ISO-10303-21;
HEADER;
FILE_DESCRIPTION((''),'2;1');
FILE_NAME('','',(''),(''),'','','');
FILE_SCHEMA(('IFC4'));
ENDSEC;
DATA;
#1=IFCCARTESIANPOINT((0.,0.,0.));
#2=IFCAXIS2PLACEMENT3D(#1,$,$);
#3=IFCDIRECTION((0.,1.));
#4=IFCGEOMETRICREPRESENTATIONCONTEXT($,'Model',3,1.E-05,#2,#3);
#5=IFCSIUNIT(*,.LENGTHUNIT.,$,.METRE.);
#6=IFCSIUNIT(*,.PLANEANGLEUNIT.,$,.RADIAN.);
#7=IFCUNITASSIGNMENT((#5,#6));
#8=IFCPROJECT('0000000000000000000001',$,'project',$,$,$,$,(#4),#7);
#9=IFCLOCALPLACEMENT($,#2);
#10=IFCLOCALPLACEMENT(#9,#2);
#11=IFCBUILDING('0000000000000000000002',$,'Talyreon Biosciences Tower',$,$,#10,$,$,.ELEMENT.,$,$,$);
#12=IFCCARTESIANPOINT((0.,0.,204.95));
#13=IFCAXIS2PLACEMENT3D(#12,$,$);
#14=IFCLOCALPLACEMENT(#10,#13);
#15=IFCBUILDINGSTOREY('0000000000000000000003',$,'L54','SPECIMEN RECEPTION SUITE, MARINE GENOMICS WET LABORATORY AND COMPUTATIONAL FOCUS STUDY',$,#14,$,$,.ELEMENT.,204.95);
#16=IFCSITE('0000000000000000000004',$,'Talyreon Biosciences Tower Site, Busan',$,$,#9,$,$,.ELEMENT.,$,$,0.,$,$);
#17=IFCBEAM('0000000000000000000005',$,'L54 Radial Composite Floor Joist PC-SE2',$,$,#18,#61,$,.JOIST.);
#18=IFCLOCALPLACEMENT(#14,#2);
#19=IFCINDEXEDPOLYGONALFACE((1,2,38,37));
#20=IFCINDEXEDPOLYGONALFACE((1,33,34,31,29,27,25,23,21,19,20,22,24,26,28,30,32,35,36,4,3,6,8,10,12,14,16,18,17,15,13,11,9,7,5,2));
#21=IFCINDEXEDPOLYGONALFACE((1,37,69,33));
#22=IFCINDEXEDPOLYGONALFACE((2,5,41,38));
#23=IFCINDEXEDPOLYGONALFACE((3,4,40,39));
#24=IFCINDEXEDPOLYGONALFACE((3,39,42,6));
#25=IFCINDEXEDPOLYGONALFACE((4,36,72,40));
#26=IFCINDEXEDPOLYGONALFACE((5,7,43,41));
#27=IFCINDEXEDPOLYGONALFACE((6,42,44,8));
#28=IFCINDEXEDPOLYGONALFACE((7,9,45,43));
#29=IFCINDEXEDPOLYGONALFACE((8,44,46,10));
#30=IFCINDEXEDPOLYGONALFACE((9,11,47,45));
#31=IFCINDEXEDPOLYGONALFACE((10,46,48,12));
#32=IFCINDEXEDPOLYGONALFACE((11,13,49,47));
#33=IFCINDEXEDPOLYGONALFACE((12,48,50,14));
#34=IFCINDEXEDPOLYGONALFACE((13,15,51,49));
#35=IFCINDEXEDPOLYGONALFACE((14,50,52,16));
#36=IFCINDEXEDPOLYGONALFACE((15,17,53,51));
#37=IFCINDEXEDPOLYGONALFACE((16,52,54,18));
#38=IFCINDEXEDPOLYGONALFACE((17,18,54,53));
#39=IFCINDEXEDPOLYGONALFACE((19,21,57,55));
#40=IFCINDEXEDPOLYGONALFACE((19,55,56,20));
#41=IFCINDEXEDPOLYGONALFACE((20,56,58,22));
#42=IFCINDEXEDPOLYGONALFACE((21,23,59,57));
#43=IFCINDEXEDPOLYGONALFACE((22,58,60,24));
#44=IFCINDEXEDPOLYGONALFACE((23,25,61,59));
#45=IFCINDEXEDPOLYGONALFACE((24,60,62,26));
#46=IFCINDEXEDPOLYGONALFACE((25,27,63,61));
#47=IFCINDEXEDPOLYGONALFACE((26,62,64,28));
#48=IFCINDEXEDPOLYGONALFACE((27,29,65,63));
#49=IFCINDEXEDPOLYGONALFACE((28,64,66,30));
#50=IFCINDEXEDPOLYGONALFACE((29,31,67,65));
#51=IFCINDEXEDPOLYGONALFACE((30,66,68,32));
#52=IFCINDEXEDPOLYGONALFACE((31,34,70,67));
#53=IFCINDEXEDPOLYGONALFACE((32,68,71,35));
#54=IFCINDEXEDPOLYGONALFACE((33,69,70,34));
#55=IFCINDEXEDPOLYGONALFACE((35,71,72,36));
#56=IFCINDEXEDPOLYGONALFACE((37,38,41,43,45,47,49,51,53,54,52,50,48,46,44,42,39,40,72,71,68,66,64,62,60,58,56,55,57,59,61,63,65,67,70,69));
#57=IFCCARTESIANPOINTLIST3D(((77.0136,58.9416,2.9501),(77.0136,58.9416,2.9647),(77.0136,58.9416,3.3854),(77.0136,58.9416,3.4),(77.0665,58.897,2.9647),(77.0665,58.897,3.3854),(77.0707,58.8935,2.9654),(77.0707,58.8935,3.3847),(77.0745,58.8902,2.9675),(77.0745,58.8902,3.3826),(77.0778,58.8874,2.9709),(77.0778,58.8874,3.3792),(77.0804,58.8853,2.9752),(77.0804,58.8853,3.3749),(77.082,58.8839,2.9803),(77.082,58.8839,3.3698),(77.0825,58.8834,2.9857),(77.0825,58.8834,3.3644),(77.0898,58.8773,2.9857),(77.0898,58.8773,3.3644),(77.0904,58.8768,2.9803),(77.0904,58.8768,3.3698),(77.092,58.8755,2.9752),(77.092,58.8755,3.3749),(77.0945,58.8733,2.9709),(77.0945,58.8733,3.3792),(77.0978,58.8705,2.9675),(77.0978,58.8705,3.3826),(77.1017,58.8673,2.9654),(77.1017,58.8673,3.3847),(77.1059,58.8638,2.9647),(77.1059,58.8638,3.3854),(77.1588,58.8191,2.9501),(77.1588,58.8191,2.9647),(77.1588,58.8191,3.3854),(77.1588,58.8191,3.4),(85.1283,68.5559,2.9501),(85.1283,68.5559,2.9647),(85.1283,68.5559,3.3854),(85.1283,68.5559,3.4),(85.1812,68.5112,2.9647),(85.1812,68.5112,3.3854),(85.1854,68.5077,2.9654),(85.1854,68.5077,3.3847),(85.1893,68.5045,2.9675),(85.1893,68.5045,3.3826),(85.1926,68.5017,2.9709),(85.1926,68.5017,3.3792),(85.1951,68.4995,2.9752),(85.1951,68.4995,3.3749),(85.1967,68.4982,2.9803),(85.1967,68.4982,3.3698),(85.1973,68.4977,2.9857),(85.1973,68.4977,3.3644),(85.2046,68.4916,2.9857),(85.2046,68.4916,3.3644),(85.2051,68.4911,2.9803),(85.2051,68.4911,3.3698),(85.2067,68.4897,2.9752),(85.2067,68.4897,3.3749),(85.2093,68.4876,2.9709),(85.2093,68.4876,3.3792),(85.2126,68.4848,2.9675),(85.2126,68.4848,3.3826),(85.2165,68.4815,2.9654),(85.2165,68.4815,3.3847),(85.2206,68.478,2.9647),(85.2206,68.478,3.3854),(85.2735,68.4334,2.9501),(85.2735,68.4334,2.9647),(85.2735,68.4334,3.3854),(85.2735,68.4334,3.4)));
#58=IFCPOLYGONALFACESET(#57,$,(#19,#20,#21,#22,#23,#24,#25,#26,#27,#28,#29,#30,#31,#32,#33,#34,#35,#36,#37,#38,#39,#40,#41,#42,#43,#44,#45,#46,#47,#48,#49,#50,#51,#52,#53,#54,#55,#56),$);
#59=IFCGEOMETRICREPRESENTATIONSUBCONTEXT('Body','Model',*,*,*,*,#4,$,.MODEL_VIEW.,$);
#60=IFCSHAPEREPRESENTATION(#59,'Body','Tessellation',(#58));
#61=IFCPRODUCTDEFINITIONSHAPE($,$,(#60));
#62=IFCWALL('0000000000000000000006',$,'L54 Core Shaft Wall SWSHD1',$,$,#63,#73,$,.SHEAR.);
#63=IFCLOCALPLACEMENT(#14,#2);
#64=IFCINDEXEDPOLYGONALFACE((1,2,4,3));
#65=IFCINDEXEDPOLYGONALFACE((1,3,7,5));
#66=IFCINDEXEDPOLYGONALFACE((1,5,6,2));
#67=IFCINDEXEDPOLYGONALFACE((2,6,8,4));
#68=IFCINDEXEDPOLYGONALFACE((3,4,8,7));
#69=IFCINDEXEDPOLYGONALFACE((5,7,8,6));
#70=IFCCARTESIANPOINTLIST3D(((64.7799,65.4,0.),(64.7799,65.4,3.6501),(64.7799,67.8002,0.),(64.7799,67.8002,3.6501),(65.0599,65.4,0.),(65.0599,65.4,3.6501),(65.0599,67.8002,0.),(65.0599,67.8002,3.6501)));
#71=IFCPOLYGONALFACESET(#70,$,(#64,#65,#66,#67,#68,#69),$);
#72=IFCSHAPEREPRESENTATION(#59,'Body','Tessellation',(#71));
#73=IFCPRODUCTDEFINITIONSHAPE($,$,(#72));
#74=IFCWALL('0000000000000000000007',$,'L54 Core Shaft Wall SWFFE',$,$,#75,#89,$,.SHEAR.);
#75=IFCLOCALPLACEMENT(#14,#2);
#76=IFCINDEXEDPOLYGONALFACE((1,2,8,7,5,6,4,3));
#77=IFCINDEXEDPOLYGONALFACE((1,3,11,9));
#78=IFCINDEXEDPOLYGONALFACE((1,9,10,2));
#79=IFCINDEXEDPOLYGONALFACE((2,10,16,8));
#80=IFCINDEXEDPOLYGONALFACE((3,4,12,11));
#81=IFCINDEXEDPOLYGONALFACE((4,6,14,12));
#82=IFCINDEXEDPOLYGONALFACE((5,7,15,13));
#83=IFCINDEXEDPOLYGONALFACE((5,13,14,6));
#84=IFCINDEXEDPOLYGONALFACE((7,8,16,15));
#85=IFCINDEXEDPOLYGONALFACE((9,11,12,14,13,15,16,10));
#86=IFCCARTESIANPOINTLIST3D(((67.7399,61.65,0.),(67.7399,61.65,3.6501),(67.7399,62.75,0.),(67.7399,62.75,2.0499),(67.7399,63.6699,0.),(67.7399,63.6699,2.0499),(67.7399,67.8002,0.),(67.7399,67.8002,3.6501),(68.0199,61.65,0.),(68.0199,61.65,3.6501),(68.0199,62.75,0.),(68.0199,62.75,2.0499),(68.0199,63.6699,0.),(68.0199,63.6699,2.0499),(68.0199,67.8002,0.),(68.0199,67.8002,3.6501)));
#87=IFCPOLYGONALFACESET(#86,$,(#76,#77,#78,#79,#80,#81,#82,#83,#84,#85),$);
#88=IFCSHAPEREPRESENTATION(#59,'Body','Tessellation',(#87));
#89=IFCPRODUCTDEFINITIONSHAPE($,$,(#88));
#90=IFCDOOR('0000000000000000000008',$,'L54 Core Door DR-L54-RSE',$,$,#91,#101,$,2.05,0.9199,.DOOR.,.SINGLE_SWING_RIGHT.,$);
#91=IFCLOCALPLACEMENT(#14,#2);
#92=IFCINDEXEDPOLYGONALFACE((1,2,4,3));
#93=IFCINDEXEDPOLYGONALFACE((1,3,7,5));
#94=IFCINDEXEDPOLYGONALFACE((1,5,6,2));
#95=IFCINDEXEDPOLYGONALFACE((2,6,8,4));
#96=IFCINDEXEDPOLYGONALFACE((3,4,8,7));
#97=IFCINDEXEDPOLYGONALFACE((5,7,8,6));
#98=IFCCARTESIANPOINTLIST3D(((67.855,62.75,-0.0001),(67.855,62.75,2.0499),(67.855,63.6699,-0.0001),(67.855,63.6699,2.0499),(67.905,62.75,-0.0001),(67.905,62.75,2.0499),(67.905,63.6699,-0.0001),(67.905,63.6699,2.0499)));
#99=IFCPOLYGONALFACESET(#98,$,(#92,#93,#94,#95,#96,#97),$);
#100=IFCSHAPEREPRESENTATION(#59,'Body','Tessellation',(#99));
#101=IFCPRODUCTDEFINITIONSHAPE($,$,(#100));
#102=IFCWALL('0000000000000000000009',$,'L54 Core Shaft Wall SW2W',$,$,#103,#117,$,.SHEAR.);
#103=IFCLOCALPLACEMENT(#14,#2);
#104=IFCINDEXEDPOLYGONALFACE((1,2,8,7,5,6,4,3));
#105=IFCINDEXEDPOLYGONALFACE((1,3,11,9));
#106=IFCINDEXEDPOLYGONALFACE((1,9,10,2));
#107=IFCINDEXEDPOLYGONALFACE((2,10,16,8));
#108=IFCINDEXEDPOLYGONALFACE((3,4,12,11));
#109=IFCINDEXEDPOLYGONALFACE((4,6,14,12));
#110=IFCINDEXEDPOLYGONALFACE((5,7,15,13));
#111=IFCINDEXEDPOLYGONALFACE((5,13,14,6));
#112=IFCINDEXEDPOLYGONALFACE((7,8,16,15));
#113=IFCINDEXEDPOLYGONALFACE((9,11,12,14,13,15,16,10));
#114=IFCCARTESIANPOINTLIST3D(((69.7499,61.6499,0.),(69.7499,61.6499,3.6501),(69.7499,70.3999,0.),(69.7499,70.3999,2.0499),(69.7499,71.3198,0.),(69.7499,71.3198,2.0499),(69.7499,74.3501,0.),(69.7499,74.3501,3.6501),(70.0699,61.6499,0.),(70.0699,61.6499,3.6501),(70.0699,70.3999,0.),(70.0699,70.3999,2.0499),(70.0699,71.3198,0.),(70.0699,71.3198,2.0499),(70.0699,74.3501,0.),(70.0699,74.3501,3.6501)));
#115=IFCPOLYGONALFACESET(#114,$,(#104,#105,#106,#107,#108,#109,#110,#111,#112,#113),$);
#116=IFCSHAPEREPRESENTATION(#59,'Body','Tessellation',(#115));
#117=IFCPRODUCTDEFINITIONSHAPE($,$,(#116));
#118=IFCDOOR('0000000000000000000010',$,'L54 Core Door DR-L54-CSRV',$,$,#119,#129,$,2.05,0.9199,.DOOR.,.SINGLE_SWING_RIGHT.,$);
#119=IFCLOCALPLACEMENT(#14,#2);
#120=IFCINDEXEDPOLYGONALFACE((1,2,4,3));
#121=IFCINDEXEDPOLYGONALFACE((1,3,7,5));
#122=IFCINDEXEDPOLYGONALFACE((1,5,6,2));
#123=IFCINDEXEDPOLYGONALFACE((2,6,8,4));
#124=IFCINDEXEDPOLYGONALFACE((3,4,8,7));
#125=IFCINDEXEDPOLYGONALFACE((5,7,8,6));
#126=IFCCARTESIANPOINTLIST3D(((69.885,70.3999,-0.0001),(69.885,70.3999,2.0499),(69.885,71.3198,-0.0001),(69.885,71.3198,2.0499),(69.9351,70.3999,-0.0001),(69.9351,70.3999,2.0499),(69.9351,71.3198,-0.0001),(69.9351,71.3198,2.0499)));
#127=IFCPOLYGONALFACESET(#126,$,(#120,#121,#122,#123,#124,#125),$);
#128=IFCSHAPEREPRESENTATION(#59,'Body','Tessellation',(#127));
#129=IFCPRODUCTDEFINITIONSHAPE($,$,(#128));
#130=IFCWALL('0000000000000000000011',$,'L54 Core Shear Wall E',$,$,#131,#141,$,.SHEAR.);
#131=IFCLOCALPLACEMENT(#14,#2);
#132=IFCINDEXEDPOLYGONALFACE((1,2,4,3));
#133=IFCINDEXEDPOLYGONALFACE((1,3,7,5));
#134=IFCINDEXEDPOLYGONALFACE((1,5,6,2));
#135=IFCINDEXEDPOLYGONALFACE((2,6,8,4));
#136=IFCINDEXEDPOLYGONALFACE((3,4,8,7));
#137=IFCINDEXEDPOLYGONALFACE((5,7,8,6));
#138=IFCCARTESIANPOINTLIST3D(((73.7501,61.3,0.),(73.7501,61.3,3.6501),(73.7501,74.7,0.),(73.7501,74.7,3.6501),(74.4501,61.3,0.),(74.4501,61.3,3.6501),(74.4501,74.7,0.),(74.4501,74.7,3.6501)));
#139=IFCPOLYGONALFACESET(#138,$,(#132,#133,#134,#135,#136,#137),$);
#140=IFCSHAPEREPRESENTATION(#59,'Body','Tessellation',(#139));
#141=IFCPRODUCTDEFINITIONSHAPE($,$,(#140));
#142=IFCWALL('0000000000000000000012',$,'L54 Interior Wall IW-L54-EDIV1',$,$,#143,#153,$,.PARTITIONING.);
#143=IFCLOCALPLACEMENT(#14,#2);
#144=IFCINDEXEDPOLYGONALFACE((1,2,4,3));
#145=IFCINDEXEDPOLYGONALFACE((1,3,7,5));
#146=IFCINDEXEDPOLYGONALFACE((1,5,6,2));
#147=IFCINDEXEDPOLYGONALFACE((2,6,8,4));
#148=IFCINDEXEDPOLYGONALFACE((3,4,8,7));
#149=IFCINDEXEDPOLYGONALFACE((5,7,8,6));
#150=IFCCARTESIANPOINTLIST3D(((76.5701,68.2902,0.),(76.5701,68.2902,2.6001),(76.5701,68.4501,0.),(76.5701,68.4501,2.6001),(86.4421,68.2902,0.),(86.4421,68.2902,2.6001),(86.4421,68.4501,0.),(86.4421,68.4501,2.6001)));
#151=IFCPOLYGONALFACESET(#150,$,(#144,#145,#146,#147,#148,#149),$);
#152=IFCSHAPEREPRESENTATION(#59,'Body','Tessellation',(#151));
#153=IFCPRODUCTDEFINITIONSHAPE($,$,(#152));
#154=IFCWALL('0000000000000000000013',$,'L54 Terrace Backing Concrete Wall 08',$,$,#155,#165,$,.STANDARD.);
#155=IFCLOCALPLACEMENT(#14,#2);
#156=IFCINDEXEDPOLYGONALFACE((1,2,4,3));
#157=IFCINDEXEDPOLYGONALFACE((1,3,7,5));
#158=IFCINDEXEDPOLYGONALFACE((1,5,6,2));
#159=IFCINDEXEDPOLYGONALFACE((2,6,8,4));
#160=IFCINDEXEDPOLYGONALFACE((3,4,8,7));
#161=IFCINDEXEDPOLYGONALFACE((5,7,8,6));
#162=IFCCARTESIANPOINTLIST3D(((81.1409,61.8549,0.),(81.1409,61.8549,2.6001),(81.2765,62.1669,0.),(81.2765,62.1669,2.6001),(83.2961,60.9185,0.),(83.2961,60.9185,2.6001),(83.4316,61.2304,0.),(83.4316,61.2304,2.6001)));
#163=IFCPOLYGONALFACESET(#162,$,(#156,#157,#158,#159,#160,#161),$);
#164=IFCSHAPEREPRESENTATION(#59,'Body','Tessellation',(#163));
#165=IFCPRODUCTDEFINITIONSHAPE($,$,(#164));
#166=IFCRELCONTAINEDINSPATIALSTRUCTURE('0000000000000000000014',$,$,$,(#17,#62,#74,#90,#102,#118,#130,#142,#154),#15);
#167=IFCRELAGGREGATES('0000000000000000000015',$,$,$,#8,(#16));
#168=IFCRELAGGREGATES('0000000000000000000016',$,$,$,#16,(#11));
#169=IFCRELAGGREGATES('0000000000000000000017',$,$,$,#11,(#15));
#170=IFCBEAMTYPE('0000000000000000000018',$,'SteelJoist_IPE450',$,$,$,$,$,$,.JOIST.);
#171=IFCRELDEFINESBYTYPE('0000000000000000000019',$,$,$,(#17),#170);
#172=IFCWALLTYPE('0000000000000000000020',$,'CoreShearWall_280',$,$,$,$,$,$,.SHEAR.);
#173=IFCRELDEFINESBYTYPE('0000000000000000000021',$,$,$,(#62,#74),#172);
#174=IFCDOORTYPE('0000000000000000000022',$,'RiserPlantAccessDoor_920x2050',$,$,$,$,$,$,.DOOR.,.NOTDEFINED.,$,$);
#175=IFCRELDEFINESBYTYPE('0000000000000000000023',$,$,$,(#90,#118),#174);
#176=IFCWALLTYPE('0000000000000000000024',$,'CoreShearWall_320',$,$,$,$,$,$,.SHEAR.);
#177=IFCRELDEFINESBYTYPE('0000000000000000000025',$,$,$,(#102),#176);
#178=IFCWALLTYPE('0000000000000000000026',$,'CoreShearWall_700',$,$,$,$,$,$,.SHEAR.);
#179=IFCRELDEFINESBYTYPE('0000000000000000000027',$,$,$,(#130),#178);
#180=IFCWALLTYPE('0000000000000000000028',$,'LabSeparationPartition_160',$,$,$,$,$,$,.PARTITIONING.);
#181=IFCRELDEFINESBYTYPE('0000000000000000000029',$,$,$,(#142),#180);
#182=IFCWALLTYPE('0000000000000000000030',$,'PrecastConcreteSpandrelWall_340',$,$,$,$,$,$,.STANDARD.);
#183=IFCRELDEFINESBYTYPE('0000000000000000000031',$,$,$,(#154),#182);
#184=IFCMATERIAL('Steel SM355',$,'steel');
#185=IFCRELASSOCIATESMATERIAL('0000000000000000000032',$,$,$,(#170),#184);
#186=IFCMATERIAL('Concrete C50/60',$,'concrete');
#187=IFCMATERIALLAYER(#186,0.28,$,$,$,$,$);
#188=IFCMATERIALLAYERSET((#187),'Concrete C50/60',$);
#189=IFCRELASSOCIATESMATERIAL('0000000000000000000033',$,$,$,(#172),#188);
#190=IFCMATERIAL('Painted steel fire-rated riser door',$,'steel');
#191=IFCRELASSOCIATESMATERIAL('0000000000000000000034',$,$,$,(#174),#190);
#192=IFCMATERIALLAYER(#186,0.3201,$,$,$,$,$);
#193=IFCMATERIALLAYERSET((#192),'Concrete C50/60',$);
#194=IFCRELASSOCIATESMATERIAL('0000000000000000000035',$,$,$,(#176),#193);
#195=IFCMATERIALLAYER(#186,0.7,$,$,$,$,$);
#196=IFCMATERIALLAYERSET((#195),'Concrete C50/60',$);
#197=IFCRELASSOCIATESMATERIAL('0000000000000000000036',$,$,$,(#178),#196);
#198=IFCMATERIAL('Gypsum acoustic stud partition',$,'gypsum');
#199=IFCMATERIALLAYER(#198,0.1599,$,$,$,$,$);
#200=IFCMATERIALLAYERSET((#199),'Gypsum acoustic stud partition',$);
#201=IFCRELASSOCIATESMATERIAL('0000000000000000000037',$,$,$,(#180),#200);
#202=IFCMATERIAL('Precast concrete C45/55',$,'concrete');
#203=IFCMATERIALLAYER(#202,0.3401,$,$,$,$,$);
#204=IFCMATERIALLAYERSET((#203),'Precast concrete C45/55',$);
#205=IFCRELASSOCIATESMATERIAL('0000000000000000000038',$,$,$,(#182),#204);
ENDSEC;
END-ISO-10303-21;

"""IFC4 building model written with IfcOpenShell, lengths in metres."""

from ifc_helpers import new_model, si_unit, direction, frame, frame_2d, origin, origin_2d, place, context, subcontext, project, spatial, rectangle, i_section, extrude, material, layer, layer_set, material_profile, profile_set, type_object, element, fill, save


model = new_model("IFC4")

# Units and contexts
model_context = context("Model", 3, precision=1e-05, world=origin(), true_north=direction((0.0, 1.0)))
body_context = subcontext(model_context, "Body", "Model", "MODEL_VIEW")
ifc_project = project(units=[si_unit("LENGTHUNIT", "METRE"), si_unit("PLANEANGLEUNIT", "RADIAN")], contexts=[model_context])

# Site, building, storey
site_placement = place(None, origin())
site = spatial("IfcSite", under=ifc_project, at=site_placement, Name="Talyreon Biosciences Tower Site, Busan", CompositionType="ELEMENT", RefElevation=0.0)
building_placement = place(site_placement, origin())
building = spatial("IfcBuilding", under=site, at=building_placement, Name="Talyreon Biosciences Tower", CompositionType="ELEMENT")
storey_placement = place(building_placement, frame((0.0, 0.0, 204.95)))
storey = spatial("IfcBuildingStorey", under=building, at=storey_placement, Name="L54", Description="SPECIMEN RECEPTION SUITE, MARINE GENOMICS WET LABORATORY AND COMPUTATIONAL FOCUS STUDY", CompositionType="ELEMENT", Elevation=204.95)

# Shared definitions
ifc_material_1 = material(Name="Concrete C50/60", Category="concrete")

# Beam
ifc_material_2 = material(Name="Precast concrete C45/55", Category="concrete")
ifc_material_3 = material(Name="Steel SM355", Category="steel")
ifc_material_profile_1 = material_profile(ifc_material_3, i_section(OverallWidth=0.1899, OverallDepth=0.45, WebThickness=0.0095, FlangeThickness=0.0146, FilletRadius=0.021, at=origin_2d()), Name="IPE450")
ifc_profile_set_1 = profile_set([ifc_material_profile_1], Name="Steel SM355")
beam_type_1 = type_object("IfcBeamType", Name="SteelJoist_IPE450", PredefinedType="JOIST", material=ifc_profile_set_1)
beam_1_placement = place(storey_placement, frame((77.0862, 58.8804, 3.175), z_axis=(0.644997, 0.764185, 0.0), x_axis=(-0.764185, 0.644997, 0.0)))
element("IfcBeam", 1, at=beam_1_placement, inside=storey, type_object=beam_type_1, Name="L54 Radial Composite Floor Joist PC-SE2", PredefinedType="JOIST", context=body_context, shape_type="SweptSolid", body=[
    extrude(i_section(OverallWidth=0.1899, OverallDepth=0.45, WebThickness=0.0095, FlangeThickness=0.0146, FilletRadius=0.021, at=origin_2d()), origin(), (0.0, 0.0, 1.0), 12.5811),
])

# Wall
ifc_layer_1 = layer(ifc_material_1, 0.28)
ifc_layer_set_1 = layer_set([ifc_layer_1], Name="Concrete C50/60")
wall_type_1 = type_object("IfcWallType", Name="CoreShearWall_280", PredefinedType="SHEAR", material=ifc_layer_set_1)
wall_1_placement = place(storey_placement, frame((64.9199, 65.3999, 0.0), z_axis=(0.0, 0.0, 1.0), x_axis=(0.0, 1.0, 0.0)))
element("IfcWall", 2, at=wall_1_placement, inside=storey, type_object=wall_type_1, Name="L54 Core Shaft Wall SWSHD1", PredefinedType="SHEAR", context=body_context, shape_type="SweptSolid", body=[
    extrude(rectangle(XDim=2.4001, YDim=0.28, at=frame_2d((1.2002, 0.0))), origin(), (0.0, 0.0, 1.0), 3.6501),
])

# Walls, openings, doors
wall_2_placement = place(storey_placement, frame((67.8799, 61.6499, 0.0), z_axis=(0.0, 0.0, 1.0), x_axis=(0.0, 1.0, 0.0)))
wall_2 = element("IfcWall", 3, at=wall_2_placement, inside=storey, type_object=wall_type_1, Name="L54 Core Shaft Wall SWFFE", PredefinedType="SHEAR", context=body_context, shape_type="SweptSolid", body=[
    extrude(rectangle(XDim=6.1501, YDim=0.28, at=frame_2d((3.0752, 0.0))), origin(), (0.0, 0.0, 1.0), 3.6501),
])
opening_1_placement = place(wall_2_placement, frame((1.1001, 0.0, 0.0)))
opening_1 = element("IfcOpeningElement", 4, at=opening_1_placement, cuts=wall_2, PredefinedType="OPENING", context=body_context, shape_type="SweptSolid", body=[
    extrude(rectangle(XDim=0.9199, YDim=2.05, at=frame_2d((0.46, 1.0249))), frame((0.0, 0.1499, 0.0), z_axis=(0.0, -1.0, 0.0), x_axis=(1.0, 0.0, 0.0)), (0.0, 0.0, 1.0), 0.3),
])
ifc_material_4 = material(Name="Painted steel fire-rated riser door", Category="steel")
door_type = type_object("IfcDoorType", Name="RiserPlantAccessDoor_920x2050", OperationType="NOTDEFINED", PredefinedType="DOOR", material=ifc_material_4)
door_1_placement = place(opening_1_placement, origin())
door_1 = element("IfcDoor", 5, at=door_1_placement, inside=storey, type_object=door_type, Name="L54 Core Door DR-L54-RSE", OperationType="SINGLE_SWING_RIGHT", OverallHeight=2.05, OverallWidth=0.9199, PredefinedType="DOOR", context=body_context, shape_type="SweptSolid", body=[
    extrude(rectangle(XDim=0.9199, YDim=2.05, at=frame_2d((0.46, 1.0249))), frame((0.0, 0.0249, 0.0), z_axis=(0.0, -1.0, 0.0), x_axis=(1.0, 0.0, 0.0)), (0.0, 0.0, 1.0), 0.05),
])
fill(opening_1, door_1)
ifc_layer_2 = layer(ifc_material_1, 0.3201)
ifc_layer_set_2 = layer_set([ifc_layer_2], Name="Concrete C50/60")
wall_type_2 = type_object("IfcWallType", Name="CoreShearWall_320", PredefinedType="SHEAR", material=ifc_layer_set_2)
wall_3_placement = place(storey_placement, frame((69.9099, 61.6499, 0.0), z_axis=(0.0, 0.0, 1.0), x_axis=(0.0, 1.0, 0.0)))
wall_3 = element("IfcWall", 6, at=wall_3_placement, inside=storey, type_object=wall_type_2, Name="L54 Core Shaft Wall SW2W", PredefinedType="SHEAR", context=body_context, shape_type="SweptSolid", body=[
    extrude(rectangle(XDim=12.7002, YDim=0.3201, at=frame_2d((6.3501, 0.0))), origin(), (0.0, 0.0, 1.0), 3.6501),
])
opening_2_placement = place(wall_3_placement, frame((8.75, 0.0, 0.0)))
opening_2 = element("IfcOpeningElement", 7, at=opening_2_placement, cuts=wall_3, PredefinedType="OPENING", context=body_context, shape_type="SweptSolid", body=[
    extrude(rectangle(XDim=0.9199, YDim=2.05, at=frame_2d((0.46, 1.0249))), frame((0.0, 0.1699, 0.0), z_axis=(0.0, -1.0, 0.0), x_axis=(1.0, 0.0, 0.0)), (0.0, 0.0, 1.0), 0.3401),
])
door_2_placement = place(opening_2_placement, origin())
door_2 = element("IfcDoor", 8, at=door_2_placement, inside=storey, type_object=door_type, Name="L54 Core Door DR-L54-CSRV", OperationType="SINGLE_SWING_RIGHT", OverallHeight=2.05, OverallWidth=0.9199, PredefinedType="DOOR", context=body_context, shape_type="SweptSolid", body=[
    extrude(rectangle(XDim=0.9199, YDim=2.05, at=frame_2d((0.46, 1.0249))), frame((0.0, 0.0249, 0.0), z_axis=(0.0, -1.0, 0.0), x_axis=(1.0, 0.0, 0.0)), (0.0, 0.0, 1.0), 0.05),
])
fill(opening_2, door_2)

# Walls
ifc_layer_3 = layer(ifc_material_1, 0.7)
ifc_layer_set_3 = layer_set([ifc_layer_3], Name="Concrete C50/60")
wall_type_3 = type_object("IfcWallType", Name="CoreShearWall_700", PredefinedType="SHEAR", material=ifc_layer_set_3)
wall_4_placement = place(storey_placement, frame((74.1001, 61.3, 0.0), z_axis=(0.0, 0.0, 1.0), x_axis=(0.0, 1.0, 0.0)))
element("IfcWall", 9, at=wall_4_placement, inside=storey, type_object=wall_type_3, Name="L54 Core Shear Wall E", PredefinedType="SHEAR", context=body_context, shape_type="SweptSolid", body=[
    extrude(rectangle(XDim=13.3999, YDim=0.7, at=frame_2d((6.7, 0.0))), origin(), (0.0, 0.0, 1.0), 3.6501),
])
ifc_material_5 = material(Name="Gypsum acoustic stud partition", Category="gypsum")
ifc_layer_4 = layer(ifc_material_5, 0.1599)
ifc_layer_set_4 = layer_set([ifc_layer_4], Name="Gypsum acoustic stud partition")
wall_type_4 = type_object("IfcWallType", Name="LabSeparationPartition_160", PredefinedType="PARTITIONING", material=ifc_layer_set_4)
wall_5_placement = place(storey_placement, frame((76.5701, 68.3701, 0.0), z_axis=(0.0, 0.0, 1.0), x_axis=(1.0, 0.0, 0.0)))
element("IfcWall", 10, at=wall_5_placement, inside=storey, type_object=wall_type_4, Name="L54 Interior Wall IW-L54-EDIV1", PredefinedType="PARTITIONING", context=body_context, shape_type="SweptSolid", body=[
    extrude(rectangle(XDim=9.8721, YDim=0.1599, at=frame_2d((4.936, 0.0))), origin(), (0.0, 0.0, 1.0), 2.6001),
])
ifc_layer_5 = layer(ifc_material_2, 0.3401)
ifc_layer_set_5 = layer_set([ifc_layer_5], Name="Precast concrete C45/55")
wall_type_5 = type_object("IfcWallType", Name="PrecastConcreteSpandrelWall_340", PredefinedType="STANDARD", material=ifc_layer_set_5)
wall_6_placement = place(storey_placement, frame((83.3638, 61.0745, 0.0), z_axis=(0.0, 0.0, 1.0), x_axis=(-0.917156, 0.398529, 0.0)))
element("IfcWall", 11, at=wall_6_placement, inside=storey, type_object=wall_type_5, Name="L54 Terrace Backing Concrete Wall 08", PredefinedType="STANDARD", context=body_context, shape_type="SweptSolid", body=[
    extrude(rectangle(XDim=2.3499, YDim=0.3401, at=frame_2d((1.1748, 0.0))), origin(), (0.0, 0.0, 1.0), 2.6001),
])

save(model, "model.ifc")
